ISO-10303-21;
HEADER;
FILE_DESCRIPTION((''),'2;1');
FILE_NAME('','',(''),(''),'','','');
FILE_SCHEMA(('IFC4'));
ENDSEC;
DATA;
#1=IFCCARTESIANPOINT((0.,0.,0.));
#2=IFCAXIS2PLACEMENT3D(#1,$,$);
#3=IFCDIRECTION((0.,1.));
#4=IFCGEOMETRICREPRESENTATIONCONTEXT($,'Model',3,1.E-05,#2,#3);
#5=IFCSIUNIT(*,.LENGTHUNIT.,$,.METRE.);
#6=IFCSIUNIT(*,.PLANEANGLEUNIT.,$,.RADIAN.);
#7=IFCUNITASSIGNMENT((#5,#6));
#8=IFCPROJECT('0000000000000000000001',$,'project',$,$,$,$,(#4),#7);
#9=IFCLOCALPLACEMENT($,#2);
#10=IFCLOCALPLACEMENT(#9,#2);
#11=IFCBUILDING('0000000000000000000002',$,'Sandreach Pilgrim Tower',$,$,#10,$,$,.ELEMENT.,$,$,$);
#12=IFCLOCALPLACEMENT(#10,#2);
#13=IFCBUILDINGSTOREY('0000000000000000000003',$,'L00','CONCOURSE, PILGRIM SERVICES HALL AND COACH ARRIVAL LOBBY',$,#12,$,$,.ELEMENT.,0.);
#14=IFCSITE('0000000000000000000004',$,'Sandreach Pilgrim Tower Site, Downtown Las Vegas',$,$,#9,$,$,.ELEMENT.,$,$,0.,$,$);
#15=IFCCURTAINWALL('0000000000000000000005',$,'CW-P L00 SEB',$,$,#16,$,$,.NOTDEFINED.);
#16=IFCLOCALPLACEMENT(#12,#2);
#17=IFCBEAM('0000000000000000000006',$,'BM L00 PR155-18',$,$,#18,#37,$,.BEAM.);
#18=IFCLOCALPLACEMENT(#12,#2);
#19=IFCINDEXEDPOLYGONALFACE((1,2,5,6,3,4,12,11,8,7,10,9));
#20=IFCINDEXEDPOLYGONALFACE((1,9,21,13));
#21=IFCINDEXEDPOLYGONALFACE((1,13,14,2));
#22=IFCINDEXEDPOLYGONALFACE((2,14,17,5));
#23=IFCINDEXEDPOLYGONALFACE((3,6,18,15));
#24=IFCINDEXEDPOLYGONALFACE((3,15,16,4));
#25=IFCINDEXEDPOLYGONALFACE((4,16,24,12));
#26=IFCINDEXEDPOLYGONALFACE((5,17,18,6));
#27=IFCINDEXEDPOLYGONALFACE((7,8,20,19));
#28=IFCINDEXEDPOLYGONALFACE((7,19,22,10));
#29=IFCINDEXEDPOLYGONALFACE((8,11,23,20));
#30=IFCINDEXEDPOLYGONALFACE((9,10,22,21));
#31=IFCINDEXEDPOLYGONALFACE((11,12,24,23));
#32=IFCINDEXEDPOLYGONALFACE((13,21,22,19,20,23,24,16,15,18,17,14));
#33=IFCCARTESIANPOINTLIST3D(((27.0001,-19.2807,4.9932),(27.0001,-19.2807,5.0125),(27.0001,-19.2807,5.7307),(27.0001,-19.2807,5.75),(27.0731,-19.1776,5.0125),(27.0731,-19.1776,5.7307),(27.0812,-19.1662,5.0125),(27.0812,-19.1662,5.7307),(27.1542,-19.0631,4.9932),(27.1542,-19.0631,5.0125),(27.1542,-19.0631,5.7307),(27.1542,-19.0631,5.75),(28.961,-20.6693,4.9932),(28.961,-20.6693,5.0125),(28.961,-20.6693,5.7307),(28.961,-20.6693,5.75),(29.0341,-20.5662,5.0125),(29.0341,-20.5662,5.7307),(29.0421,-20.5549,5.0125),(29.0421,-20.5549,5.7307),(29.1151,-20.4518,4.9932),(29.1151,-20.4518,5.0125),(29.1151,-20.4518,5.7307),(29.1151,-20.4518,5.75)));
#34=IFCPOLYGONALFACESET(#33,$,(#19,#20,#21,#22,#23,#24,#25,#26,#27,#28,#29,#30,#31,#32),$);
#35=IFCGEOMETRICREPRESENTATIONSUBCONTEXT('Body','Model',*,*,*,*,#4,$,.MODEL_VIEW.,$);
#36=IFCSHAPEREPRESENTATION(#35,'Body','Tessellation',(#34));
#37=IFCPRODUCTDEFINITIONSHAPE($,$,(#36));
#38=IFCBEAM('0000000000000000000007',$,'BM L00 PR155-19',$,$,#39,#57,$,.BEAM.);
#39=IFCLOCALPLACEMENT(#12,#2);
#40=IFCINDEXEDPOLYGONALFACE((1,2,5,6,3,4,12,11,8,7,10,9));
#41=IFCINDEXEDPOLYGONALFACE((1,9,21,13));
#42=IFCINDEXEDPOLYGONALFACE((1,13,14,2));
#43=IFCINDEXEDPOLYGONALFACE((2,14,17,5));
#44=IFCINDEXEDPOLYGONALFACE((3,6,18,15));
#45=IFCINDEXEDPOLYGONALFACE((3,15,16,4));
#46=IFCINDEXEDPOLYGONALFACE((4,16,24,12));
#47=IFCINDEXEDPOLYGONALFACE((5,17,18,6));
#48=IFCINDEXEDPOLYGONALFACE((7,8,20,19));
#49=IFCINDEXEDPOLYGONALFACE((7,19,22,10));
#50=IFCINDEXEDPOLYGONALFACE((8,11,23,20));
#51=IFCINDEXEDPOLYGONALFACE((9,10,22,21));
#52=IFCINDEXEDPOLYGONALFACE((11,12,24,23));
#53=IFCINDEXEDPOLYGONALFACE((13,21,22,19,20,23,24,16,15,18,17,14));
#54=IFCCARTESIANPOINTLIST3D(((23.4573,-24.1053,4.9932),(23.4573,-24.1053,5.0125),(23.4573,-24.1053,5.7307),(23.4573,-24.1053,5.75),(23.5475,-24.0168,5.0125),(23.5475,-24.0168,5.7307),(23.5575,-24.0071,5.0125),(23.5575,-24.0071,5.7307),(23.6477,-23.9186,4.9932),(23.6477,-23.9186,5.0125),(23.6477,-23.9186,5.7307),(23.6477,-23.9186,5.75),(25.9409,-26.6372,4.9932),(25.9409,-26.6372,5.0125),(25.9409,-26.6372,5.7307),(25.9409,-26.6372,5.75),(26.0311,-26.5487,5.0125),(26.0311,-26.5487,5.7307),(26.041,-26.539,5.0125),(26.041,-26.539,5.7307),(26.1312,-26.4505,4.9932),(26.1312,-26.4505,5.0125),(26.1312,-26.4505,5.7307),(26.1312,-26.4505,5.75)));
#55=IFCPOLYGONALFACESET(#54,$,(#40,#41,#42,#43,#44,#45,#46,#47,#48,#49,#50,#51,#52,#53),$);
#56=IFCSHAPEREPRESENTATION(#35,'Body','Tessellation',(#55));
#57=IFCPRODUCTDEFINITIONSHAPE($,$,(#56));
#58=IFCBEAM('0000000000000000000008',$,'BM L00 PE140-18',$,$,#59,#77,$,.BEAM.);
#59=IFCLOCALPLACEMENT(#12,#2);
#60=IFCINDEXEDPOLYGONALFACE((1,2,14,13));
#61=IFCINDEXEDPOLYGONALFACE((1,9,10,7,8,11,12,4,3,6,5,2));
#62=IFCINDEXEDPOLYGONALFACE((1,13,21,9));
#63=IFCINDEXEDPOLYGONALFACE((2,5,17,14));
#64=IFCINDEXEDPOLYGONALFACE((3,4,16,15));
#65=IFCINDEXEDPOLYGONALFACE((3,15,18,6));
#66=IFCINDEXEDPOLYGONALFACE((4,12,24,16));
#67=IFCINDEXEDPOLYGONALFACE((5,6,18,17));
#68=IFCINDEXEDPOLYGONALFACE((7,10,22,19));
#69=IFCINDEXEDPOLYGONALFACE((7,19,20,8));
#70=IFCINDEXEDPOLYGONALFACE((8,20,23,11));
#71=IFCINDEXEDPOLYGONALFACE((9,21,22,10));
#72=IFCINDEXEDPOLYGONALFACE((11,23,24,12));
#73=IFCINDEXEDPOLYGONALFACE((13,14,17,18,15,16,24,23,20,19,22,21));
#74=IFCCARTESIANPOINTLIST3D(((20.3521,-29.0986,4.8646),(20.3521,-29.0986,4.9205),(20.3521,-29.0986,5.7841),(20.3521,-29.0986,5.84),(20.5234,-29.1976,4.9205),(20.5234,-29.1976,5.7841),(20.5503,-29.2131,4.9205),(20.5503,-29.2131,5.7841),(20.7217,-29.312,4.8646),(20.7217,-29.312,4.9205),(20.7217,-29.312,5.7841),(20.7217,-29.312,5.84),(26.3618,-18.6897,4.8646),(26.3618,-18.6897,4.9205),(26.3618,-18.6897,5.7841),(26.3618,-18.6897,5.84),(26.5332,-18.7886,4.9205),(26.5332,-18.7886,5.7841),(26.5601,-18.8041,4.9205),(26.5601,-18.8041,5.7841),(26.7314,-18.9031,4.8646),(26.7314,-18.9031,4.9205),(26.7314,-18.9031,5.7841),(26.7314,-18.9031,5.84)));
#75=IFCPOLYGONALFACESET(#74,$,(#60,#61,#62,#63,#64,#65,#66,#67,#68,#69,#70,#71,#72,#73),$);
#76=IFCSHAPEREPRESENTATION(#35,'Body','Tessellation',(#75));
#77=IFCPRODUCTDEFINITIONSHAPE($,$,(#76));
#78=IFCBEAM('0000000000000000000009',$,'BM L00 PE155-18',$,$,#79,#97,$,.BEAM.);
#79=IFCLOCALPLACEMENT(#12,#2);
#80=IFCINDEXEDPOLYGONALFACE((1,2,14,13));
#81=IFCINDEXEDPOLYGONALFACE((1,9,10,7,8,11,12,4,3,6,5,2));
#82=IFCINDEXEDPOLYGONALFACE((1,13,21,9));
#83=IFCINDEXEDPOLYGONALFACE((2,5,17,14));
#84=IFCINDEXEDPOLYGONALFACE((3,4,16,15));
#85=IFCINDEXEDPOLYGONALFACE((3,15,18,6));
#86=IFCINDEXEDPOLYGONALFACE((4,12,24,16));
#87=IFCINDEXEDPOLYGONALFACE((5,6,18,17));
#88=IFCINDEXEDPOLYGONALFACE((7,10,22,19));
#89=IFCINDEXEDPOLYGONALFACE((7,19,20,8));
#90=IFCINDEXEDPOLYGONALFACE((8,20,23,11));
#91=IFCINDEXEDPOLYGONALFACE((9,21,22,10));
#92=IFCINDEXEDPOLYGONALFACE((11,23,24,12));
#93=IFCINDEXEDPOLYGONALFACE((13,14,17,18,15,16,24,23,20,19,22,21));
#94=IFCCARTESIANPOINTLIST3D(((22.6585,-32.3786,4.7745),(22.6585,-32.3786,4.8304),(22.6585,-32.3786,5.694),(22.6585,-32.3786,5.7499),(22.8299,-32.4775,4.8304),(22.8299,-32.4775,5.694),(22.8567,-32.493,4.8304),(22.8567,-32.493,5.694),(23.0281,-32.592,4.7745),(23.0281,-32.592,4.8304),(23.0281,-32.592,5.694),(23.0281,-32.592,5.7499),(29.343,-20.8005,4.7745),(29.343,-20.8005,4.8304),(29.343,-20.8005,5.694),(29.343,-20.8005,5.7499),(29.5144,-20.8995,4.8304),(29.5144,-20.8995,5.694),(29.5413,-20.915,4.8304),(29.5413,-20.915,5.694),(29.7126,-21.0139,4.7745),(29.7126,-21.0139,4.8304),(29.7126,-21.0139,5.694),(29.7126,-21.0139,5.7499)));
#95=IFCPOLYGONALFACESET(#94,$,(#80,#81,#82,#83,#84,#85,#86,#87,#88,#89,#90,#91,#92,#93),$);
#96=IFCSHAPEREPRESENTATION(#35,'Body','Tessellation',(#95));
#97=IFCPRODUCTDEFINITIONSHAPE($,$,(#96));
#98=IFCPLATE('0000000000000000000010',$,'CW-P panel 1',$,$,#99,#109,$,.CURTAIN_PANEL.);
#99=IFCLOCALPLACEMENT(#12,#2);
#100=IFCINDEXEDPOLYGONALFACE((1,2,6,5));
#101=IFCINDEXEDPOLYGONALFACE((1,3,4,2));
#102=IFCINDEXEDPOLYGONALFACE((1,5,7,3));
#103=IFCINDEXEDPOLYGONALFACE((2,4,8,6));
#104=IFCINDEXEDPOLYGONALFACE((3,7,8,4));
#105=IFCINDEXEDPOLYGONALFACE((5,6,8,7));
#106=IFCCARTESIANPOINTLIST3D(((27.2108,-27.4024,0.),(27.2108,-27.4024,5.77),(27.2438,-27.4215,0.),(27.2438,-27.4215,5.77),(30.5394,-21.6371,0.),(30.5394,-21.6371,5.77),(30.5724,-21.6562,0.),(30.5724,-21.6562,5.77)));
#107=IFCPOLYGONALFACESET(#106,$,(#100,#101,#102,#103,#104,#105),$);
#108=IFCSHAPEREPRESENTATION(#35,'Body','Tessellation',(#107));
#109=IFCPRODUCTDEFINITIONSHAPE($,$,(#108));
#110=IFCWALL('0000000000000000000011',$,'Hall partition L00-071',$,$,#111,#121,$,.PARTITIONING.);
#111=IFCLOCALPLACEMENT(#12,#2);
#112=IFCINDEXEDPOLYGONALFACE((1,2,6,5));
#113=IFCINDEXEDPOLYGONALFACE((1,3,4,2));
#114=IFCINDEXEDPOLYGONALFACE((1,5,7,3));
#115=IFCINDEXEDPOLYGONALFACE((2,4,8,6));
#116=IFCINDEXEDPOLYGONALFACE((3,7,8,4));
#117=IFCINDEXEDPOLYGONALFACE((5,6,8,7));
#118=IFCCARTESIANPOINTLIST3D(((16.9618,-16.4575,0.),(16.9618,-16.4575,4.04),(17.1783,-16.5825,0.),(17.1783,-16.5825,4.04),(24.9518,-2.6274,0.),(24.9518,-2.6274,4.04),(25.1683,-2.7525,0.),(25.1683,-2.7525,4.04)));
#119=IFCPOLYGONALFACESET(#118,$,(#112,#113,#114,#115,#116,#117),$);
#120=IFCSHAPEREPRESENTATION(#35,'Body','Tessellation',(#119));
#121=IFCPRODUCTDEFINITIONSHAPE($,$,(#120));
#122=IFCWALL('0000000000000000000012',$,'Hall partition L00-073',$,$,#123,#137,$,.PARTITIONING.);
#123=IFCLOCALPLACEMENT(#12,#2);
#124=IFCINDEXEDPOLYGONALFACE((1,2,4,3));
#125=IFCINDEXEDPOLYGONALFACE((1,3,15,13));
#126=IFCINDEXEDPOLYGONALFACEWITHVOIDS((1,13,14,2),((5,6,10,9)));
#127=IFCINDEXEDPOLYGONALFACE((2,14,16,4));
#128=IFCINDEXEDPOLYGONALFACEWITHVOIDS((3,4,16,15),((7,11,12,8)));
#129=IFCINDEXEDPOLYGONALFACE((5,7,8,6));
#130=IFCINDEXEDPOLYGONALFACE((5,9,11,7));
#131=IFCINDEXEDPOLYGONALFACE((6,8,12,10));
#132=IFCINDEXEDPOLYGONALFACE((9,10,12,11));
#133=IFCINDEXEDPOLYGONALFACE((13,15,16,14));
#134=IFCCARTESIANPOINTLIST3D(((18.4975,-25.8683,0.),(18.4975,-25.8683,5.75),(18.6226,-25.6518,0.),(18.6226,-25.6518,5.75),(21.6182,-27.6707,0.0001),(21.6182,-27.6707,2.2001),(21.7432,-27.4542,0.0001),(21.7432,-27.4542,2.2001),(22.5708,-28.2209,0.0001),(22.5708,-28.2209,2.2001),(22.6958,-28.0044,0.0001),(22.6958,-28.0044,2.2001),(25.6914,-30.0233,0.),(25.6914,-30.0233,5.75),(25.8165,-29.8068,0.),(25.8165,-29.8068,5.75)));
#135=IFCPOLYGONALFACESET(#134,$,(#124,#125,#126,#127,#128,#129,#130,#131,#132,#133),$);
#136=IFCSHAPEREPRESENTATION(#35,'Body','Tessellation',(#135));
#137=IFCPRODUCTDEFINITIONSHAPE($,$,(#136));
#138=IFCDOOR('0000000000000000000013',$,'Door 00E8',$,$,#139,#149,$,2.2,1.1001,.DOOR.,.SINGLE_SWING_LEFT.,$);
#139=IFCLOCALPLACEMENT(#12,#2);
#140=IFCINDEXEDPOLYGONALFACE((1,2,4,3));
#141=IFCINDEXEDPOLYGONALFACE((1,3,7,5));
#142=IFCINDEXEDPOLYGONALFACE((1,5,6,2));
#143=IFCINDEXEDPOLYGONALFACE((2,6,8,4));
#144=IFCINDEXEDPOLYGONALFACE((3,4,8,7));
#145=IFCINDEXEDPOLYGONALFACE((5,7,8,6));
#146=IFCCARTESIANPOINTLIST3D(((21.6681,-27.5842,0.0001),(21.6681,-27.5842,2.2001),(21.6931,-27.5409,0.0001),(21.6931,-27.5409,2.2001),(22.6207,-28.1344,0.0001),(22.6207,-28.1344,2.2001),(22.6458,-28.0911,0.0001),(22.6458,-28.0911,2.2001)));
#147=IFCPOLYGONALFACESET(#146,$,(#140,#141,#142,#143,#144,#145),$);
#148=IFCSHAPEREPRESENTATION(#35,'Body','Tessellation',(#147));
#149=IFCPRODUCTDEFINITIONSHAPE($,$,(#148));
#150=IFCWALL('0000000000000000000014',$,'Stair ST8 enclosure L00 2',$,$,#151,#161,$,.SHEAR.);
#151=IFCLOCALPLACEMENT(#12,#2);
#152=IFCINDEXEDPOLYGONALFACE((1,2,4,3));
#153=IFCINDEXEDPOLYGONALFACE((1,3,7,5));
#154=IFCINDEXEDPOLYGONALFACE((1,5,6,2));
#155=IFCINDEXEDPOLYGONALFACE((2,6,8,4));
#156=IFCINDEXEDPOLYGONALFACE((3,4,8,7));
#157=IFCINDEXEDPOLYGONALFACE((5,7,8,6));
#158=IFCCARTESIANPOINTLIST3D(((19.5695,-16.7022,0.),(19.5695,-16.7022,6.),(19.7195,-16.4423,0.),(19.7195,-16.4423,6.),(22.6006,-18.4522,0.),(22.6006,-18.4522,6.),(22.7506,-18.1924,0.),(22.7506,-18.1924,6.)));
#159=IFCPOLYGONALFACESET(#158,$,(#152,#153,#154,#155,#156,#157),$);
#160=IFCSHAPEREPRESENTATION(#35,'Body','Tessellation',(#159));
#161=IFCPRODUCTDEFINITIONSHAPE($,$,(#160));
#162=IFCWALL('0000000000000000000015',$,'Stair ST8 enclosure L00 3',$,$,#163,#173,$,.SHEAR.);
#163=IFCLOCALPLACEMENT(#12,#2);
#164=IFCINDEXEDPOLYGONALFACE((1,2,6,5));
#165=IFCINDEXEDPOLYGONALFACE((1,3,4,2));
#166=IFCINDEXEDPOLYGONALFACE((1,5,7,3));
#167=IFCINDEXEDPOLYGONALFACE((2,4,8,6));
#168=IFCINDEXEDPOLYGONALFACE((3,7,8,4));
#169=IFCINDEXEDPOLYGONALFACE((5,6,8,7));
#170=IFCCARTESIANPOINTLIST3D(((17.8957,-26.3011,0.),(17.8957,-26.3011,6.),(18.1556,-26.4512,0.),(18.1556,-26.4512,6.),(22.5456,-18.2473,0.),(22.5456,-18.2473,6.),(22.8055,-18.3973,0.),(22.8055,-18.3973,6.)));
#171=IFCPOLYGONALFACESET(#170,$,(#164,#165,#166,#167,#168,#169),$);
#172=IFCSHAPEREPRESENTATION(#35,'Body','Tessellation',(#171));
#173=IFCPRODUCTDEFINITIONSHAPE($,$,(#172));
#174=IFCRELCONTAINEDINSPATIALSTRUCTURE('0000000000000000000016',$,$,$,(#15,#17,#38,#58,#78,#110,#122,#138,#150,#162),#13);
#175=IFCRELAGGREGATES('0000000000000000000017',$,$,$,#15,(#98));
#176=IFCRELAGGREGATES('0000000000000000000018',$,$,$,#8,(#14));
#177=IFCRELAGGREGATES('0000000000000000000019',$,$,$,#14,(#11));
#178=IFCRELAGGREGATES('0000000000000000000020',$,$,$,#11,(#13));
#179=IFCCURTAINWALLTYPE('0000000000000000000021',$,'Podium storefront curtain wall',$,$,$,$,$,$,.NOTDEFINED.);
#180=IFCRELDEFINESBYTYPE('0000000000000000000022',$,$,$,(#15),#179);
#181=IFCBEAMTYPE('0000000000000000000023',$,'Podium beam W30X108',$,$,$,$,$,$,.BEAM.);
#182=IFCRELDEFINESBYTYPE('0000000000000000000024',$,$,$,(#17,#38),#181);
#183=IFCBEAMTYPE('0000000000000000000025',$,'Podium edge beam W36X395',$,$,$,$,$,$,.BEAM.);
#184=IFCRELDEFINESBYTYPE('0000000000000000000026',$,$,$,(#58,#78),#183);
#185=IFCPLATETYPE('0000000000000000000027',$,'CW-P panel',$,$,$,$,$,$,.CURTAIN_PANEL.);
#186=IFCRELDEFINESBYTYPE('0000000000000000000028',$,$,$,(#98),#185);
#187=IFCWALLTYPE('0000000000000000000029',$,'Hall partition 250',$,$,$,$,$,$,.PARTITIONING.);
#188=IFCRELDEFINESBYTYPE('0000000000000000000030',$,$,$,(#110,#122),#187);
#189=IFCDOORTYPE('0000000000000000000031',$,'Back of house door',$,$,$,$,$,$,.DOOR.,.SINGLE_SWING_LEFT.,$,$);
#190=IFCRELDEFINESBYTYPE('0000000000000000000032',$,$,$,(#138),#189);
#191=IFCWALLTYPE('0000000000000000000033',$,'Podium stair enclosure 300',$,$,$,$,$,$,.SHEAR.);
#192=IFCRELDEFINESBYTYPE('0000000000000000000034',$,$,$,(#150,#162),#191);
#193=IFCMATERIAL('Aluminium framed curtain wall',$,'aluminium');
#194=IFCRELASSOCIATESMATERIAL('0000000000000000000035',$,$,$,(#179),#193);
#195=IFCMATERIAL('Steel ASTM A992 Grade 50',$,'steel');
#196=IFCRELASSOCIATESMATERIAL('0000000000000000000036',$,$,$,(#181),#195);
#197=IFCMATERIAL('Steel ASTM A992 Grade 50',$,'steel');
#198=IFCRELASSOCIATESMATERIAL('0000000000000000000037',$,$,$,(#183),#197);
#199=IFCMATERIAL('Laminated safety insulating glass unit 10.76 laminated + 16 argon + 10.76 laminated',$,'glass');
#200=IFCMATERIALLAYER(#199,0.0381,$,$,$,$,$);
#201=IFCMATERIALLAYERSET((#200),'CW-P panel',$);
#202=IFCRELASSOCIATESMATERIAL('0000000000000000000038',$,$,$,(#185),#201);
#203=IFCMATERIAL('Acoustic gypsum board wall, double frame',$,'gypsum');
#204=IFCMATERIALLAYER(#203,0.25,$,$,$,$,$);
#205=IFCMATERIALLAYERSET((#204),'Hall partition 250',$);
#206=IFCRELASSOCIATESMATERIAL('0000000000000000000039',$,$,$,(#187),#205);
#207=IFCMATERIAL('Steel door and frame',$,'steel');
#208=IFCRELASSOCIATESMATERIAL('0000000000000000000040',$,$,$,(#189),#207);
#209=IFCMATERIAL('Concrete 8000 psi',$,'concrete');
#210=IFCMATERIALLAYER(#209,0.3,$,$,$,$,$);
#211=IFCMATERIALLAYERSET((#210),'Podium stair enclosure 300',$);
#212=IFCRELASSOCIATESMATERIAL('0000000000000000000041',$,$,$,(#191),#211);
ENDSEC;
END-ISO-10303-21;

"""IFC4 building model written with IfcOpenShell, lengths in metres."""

from ifc_helpers import new_model, si_unit, direction, frame, frame_2d, origin, origin_2d, place, context, subcontext, project, spatial, rectangle, i_section, extrude, material, layer, layer_set, material_profile, profile_set, type_object, element, fill, aggregate, save


model = new_model("IFC4")

# Units and contexts
model_context = context("Model", 3, precision=1e-05, world=origin(), true_north=direction((0.0, 1.0)))
body_context = subcontext(model_context, "Body", "Model", "MODEL_VIEW")
ifc_project = project(units=[si_unit("LENGTHUNIT", "METRE"), si_unit("PLANEANGLEUNIT", "RADIAN")], contexts=[model_context])

# Site, building, storey
site_placement = place(None, origin())
site = spatial("IfcSite", under=ifc_project, at=site_placement, Name="Sandreach Pilgrim Tower Site, Downtown Las Vegas", CompositionType="ELEMENT", RefElevation=0.0)
building_placement = place(site_placement, origin())
building = spatial("IfcBuilding", under=site, at=building_placement, Name="Sandreach Pilgrim Tower", CompositionType="ELEMENT")
storey_placement = place(building_placement, origin())
storey = spatial("IfcBuildingStorey", under=building, at=storey_placement, Name="L00", Description="CONCOURSE, PILGRIM SERVICES HALL AND COACH ARRIVAL LOBBY", CompositionType="ELEMENT", Elevation=0.0)

# Curtain wall
ifc_material_1 = material(Name="Aluminium framed curtain wall", Category="aluminium")
curtain_wall_type = type_object("IfcCurtainWallType", Name="Podium storefront curtain wall", PredefinedType="NOTDEFINED", material=ifc_material_1)
curtain_wall_placement = place(storey_placement, origin())
curtain_wall = element("IfcCurtainWall", 1, at=curtain_wall_placement, inside=storey, type_object=curtain_wall_type, Name="CW-P L00 SEB", PredefinedType="NOTDEFINED")

# Beams
ifc_material_2 = material(Name="Steel ASTM A992 Grade 50", Category="steel")
ifc_material_profile_1 = material_profile(ifc_material_2, i_section(OverallWidth=0.2666, OverallDepth=0.7568, WebThickness=0.0139, FlangeThickness=0.0193, at=origin_2d()), Name="W30X108")
ifc_profile_set_1 = profile_set([ifc_material_profile_1], Name="Steel ASTM A992 Grade 50")
beam_type_1 = type_object("IfcBeamType", Name="Podium beam W30X108", PredefinedType="BEAM", material=ifc_profile_set_1)
beam_1_placement = place(storey_placement, frame((27.0771, -19.1719, 5.3716), z_axis=(0.816088, -0.577927, 0.0), x_axis=(0.577927, 0.816088, 0.0)))
element("IfcBeam", 2, at=beam_1_placement, inside=storey, type_object=beam_type_1, Name="BM L00 PR155-18", PredefinedType="BEAM", context=body_context, shape_type="SweptSolid", body=[
    extrude(i_section(OverallWidth=0.2666, OverallDepth=0.7568, WebThickness=0.0139, FlangeThickness=0.0193, at=origin_2d()), origin(), (0.0, 0.0, 1.0), 2.4028),
])
beam_2_placement = place(storey_placement, frame((23.5525, -24.012, 5.3716), z_axis=(0.700259, -0.713889, 0.0), x_axis=(0.713889, 0.700259, 0.0)))
element("IfcBeam", 3, at=beam_2_placement, inside=storey, type_object=beam_type_1, Name="BM L00 PR155-19", PredefinedType="BEAM", context=body_context, shape_type="SweptSolid", body=[
    extrude(i_section(OverallWidth=0.2666, OverallDepth=0.7568, WebThickness=0.0139, FlangeThickness=0.0193, at=origin_2d()), origin(), (0.0, 0.0, 1.0), 3.5466),
])
ifc_material_3 = material(Name="Steel ASTM A992 Grade 50", Category="steel")
ifc_material_profile_2 = material_profile(ifc_material_3, i_section(OverallWidth=0.4268, OverallDepth=0.9753, WebThickness=0.031, FlangeThickness=0.0559, at=origin_2d()), Name="W36X395")
ifc_profile_set_2 = profile_set([ifc_material_profile_2], Name="Steel ASTM A992 Grade 50")
beam_type_2 = type_object("IfcBeamType", Name="Podium edge beam W36X395", PredefinedType="BEAM", material=ifc_profile_set_2)
beam_3_placement = place(storey_placement, frame((26.5466, -18.7964, 5.3523), z_axis=(-0.50001, -0.866019, 0.0), x_axis=(0.866019, -0.50001, 0.0)))
element("IfcBeam", 4, at=beam_3_placement, inside=storey, type_object=beam_type_2, Name="BM L00 PE140-18", PredefinedType="BEAM", context=body_context, shape_type="SweptSolid", body=[
    extrude(i_section(OverallWidth=0.4268, OverallDepth=0.9753, WebThickness=0.031, FlangeThickness=0.0559, at=origin_2d()), origin(), (0.0, 0.0, 1.0), 12.0193),
])
beam_4_placement = place(storey_placement, frame((29.5278, -20.9072, 5.2622), z_axis=(-0.499996, -0.866027, 0.0), x_axis=(0.866027, -0.499996, 0.0)))
element("IfcBeam", 5, at=beam_4_placement, inside=storey, type_object=beam_type_2, Name="BM L00 PE155-18", PredefinedType="BEAM", context=body_context, shape_type="SweptSolid", body=[
    extrude(i_section(OverallWidth=0.4268, OverallDepth=0.9753, WebThickness=0.031, FlangeThickness=0.0559, at=origin_2d()), origin(), (0.0, 0.0, 1.0), 13.3691),
])

# Plate
ifc_material_4 = material(Name="Laminated safety insulating glass unit 10.76 laminated + 16 argon + 10.76 laminated", Category="glass")
ifc_layer_1 = layer(ifc_material_4, 0.0381)
ifc_layer_set_1 = layer_set([ifc_layer_1], Name="CW-P panel")
plate_type = type_object("IfcPlateType", Name="CW-P panel", PredefinedType="CURTAIN_PANEL", material=ifc_layer_set_1)
plate_placement = place(storey_placement, frame((28.8916, -24.5293, 0.0), z_axis=(0.0, 0.0, 1.0), x_axis=(-0.5, -0.866025, 0.0)))
plate = element("IfcPlate", 6, at=plate_placement, type_object=plate_type, Name="CW-P panel 1", PredefinedType="CURTAIN_PANEL", context=body_context, shape_type="SweptSolid", body=[
    extrude(rectangle(XDim=6.6572, YDim=0.0381, at=origin_2d()), origin(), (0.0, 0.0, 1.0), 5.77),
])
aggregate(curtain_wall, [plate])

# Wall
ifc_material_5 = material(Name="Acoustic gypsum board wall, double frame", Category="gypsum")
ifc_layer_2 = layer(ifc_material_5, 0.25)
ifc_layer_set_2 = layer_set([ifc_layer_2], Name="Hall partition 250")
wall_type_1 = type_object("IfcWallType", Name="Hall partition 250", PredefinedType="PARTITIONING", material=ifc_layer_set_2)
wall_1_placement = place(storey_placement, frame((17.0701, -16.52, 0.0), z_axis=(0.0, 0.0, 1.0), x_axis=(0.500244, 0.865885, 0.0)))
element("IfcWall", 7, at=wall_1_placement, inside=storey, type_object=wall_type_1, Name="Hall partition L00-071", PredefinedType="PARTITIONING", context=body_context, shape_type="SweptSolid", body=[
    extrude(rectangle(XDim=15.9722, YDim=0.25, at=frame_2d((7.9861, 0.0))), origin(), (0.0, 0.0, 1.0), 4.04),
])

# Wall, opening, door
wall_2_placement = place(storey_placement, frame((18.5601, -25.76, 0.0), z_axis=(0.0, 0.0, 1.0), x_axis=(0.865939, -0.50015, 0.0)))
wall_2 = element("IfcWall", 8, at=wall_2_placement, inside=storey, type_object=wall_type_1, Name="Hall partition L00-073", PredefinedType="PARTITIONING", context=body_context, shape_type="SweptSolid", body=[
    extrude(rectangle(XDim=8.3076, YDim=0.25, at=frame_2d((4.1538, 0.0))), origin(), (0.0, 0.0, 1.0), 5.75),
])
opening_1_placement = place(wall_2_placement, frame((3.6038, 0.0, 0.0)))
opening_1 = element("IfcOpeningElement", 9, at=opening_1_placement, cuts=wall_2, PredefinedType="OPENING", context=body_context, shape_type="SweptSolid", body=[
    extrude(rectangle(XDim=1.1001, YDim=2.2, at=frame_2d((0.55, 1.1001))), frame((0.0, 0.125, 0.0), z_axis=(0.0, -1.0, 0.0), x_axis=(1.0, 0.0, 0.0)), (0.0, 0.0, 1.0), 0.25),
])
ifc_material_6 = material(Name="Steel door and frame", Category="steel")
door_type_1 = type_object("IfcDoorType", Name="Back of house door", OperationType="SINGLE_SWING_LEFT", PredefinedType="DOOR", material=ifc_material_6)
door_1_placement = place(opening_1_placement, origin())
door_1 = element("IfcDoor", 10, at=door_1_placement, inside=storey, type_object=door_type_1, Name="Door 00E8", OperationType="SINGLE_SWING_LEFT", OverallHeight=2.2, OverallWidth=1.1001, PredefinedType="DOOR", context=body_context, shape_type="SweptSolid", body=[
    extrude(rectangle(XDim=1.1001, YDim=2.2, at=frame_2d((0.55, 1.1001))), frame((0.0, 0.0249, 0.0), z_axis=(0.0, -1.0, 0.0), x_axis=(1.0, 0.0, 0.0)), (0.0, 0.0, 1.0), 0.05),
])
fill(opening_1, door_1)

# Walls
ifc_material_7 = material(Name="Concrete 8000 psi", Category="concrete")
ifc_layer_3 = layer(ifc_material_7, 0.3)
ifc_layer_set_3 = layer_set([ifc_layer_3], Name="Podium stair enclosure 300")
wall_type_2 = type_object("IfcWallType", Name="Podium stair enclosure 300", PredefinedType="SHEAR", material=ifc_layer_set_3)
wall_3_placement = place(storey_placement, frame((19.6445, -16.5723, 0.0), z_axis=(0.0, 0.0, 1.0), x_axis=(0.866019, -0.50001, 0.0)))
element("IfcWall", 11, at=wall_3_placement, inside=storey, type_object=wall_type_2, Name="Stair ST8 enclosure L00 2", PredefinedType="SHEAR", context=body_context, shape_type="SweptSolid", body=[
    extrude(rectangle(XDim=3.5, YDim=0.3, at=frame_2d((1.75, 0.0))), origin(), (0.0, 0.0, 1.0), 6.0),
])
wall_4_placement = place(storey_placement, frame((22.6755, -18.3223, 0.0), z_axis=(0.0, 0.0, 1.0), x_axis=(-0.499996, -0.866028, 0.0)))
element("IfcWall", 12, at=wall_4_placement, inside=storey, type_object=wall_type_2, Name="Stair ST8 enclosure L00 3", PredefinedType="SHEAR", context=body_context, shape_type="SweptSolid", body=[
    extrude(rectangle(XDim=9.2998, YDim=0.3, at=frame_2d((4.6499, 0.0))), origin(), (0.0, 0.0, 1.0), 6.0),
])

save(model, "model.ifc")
